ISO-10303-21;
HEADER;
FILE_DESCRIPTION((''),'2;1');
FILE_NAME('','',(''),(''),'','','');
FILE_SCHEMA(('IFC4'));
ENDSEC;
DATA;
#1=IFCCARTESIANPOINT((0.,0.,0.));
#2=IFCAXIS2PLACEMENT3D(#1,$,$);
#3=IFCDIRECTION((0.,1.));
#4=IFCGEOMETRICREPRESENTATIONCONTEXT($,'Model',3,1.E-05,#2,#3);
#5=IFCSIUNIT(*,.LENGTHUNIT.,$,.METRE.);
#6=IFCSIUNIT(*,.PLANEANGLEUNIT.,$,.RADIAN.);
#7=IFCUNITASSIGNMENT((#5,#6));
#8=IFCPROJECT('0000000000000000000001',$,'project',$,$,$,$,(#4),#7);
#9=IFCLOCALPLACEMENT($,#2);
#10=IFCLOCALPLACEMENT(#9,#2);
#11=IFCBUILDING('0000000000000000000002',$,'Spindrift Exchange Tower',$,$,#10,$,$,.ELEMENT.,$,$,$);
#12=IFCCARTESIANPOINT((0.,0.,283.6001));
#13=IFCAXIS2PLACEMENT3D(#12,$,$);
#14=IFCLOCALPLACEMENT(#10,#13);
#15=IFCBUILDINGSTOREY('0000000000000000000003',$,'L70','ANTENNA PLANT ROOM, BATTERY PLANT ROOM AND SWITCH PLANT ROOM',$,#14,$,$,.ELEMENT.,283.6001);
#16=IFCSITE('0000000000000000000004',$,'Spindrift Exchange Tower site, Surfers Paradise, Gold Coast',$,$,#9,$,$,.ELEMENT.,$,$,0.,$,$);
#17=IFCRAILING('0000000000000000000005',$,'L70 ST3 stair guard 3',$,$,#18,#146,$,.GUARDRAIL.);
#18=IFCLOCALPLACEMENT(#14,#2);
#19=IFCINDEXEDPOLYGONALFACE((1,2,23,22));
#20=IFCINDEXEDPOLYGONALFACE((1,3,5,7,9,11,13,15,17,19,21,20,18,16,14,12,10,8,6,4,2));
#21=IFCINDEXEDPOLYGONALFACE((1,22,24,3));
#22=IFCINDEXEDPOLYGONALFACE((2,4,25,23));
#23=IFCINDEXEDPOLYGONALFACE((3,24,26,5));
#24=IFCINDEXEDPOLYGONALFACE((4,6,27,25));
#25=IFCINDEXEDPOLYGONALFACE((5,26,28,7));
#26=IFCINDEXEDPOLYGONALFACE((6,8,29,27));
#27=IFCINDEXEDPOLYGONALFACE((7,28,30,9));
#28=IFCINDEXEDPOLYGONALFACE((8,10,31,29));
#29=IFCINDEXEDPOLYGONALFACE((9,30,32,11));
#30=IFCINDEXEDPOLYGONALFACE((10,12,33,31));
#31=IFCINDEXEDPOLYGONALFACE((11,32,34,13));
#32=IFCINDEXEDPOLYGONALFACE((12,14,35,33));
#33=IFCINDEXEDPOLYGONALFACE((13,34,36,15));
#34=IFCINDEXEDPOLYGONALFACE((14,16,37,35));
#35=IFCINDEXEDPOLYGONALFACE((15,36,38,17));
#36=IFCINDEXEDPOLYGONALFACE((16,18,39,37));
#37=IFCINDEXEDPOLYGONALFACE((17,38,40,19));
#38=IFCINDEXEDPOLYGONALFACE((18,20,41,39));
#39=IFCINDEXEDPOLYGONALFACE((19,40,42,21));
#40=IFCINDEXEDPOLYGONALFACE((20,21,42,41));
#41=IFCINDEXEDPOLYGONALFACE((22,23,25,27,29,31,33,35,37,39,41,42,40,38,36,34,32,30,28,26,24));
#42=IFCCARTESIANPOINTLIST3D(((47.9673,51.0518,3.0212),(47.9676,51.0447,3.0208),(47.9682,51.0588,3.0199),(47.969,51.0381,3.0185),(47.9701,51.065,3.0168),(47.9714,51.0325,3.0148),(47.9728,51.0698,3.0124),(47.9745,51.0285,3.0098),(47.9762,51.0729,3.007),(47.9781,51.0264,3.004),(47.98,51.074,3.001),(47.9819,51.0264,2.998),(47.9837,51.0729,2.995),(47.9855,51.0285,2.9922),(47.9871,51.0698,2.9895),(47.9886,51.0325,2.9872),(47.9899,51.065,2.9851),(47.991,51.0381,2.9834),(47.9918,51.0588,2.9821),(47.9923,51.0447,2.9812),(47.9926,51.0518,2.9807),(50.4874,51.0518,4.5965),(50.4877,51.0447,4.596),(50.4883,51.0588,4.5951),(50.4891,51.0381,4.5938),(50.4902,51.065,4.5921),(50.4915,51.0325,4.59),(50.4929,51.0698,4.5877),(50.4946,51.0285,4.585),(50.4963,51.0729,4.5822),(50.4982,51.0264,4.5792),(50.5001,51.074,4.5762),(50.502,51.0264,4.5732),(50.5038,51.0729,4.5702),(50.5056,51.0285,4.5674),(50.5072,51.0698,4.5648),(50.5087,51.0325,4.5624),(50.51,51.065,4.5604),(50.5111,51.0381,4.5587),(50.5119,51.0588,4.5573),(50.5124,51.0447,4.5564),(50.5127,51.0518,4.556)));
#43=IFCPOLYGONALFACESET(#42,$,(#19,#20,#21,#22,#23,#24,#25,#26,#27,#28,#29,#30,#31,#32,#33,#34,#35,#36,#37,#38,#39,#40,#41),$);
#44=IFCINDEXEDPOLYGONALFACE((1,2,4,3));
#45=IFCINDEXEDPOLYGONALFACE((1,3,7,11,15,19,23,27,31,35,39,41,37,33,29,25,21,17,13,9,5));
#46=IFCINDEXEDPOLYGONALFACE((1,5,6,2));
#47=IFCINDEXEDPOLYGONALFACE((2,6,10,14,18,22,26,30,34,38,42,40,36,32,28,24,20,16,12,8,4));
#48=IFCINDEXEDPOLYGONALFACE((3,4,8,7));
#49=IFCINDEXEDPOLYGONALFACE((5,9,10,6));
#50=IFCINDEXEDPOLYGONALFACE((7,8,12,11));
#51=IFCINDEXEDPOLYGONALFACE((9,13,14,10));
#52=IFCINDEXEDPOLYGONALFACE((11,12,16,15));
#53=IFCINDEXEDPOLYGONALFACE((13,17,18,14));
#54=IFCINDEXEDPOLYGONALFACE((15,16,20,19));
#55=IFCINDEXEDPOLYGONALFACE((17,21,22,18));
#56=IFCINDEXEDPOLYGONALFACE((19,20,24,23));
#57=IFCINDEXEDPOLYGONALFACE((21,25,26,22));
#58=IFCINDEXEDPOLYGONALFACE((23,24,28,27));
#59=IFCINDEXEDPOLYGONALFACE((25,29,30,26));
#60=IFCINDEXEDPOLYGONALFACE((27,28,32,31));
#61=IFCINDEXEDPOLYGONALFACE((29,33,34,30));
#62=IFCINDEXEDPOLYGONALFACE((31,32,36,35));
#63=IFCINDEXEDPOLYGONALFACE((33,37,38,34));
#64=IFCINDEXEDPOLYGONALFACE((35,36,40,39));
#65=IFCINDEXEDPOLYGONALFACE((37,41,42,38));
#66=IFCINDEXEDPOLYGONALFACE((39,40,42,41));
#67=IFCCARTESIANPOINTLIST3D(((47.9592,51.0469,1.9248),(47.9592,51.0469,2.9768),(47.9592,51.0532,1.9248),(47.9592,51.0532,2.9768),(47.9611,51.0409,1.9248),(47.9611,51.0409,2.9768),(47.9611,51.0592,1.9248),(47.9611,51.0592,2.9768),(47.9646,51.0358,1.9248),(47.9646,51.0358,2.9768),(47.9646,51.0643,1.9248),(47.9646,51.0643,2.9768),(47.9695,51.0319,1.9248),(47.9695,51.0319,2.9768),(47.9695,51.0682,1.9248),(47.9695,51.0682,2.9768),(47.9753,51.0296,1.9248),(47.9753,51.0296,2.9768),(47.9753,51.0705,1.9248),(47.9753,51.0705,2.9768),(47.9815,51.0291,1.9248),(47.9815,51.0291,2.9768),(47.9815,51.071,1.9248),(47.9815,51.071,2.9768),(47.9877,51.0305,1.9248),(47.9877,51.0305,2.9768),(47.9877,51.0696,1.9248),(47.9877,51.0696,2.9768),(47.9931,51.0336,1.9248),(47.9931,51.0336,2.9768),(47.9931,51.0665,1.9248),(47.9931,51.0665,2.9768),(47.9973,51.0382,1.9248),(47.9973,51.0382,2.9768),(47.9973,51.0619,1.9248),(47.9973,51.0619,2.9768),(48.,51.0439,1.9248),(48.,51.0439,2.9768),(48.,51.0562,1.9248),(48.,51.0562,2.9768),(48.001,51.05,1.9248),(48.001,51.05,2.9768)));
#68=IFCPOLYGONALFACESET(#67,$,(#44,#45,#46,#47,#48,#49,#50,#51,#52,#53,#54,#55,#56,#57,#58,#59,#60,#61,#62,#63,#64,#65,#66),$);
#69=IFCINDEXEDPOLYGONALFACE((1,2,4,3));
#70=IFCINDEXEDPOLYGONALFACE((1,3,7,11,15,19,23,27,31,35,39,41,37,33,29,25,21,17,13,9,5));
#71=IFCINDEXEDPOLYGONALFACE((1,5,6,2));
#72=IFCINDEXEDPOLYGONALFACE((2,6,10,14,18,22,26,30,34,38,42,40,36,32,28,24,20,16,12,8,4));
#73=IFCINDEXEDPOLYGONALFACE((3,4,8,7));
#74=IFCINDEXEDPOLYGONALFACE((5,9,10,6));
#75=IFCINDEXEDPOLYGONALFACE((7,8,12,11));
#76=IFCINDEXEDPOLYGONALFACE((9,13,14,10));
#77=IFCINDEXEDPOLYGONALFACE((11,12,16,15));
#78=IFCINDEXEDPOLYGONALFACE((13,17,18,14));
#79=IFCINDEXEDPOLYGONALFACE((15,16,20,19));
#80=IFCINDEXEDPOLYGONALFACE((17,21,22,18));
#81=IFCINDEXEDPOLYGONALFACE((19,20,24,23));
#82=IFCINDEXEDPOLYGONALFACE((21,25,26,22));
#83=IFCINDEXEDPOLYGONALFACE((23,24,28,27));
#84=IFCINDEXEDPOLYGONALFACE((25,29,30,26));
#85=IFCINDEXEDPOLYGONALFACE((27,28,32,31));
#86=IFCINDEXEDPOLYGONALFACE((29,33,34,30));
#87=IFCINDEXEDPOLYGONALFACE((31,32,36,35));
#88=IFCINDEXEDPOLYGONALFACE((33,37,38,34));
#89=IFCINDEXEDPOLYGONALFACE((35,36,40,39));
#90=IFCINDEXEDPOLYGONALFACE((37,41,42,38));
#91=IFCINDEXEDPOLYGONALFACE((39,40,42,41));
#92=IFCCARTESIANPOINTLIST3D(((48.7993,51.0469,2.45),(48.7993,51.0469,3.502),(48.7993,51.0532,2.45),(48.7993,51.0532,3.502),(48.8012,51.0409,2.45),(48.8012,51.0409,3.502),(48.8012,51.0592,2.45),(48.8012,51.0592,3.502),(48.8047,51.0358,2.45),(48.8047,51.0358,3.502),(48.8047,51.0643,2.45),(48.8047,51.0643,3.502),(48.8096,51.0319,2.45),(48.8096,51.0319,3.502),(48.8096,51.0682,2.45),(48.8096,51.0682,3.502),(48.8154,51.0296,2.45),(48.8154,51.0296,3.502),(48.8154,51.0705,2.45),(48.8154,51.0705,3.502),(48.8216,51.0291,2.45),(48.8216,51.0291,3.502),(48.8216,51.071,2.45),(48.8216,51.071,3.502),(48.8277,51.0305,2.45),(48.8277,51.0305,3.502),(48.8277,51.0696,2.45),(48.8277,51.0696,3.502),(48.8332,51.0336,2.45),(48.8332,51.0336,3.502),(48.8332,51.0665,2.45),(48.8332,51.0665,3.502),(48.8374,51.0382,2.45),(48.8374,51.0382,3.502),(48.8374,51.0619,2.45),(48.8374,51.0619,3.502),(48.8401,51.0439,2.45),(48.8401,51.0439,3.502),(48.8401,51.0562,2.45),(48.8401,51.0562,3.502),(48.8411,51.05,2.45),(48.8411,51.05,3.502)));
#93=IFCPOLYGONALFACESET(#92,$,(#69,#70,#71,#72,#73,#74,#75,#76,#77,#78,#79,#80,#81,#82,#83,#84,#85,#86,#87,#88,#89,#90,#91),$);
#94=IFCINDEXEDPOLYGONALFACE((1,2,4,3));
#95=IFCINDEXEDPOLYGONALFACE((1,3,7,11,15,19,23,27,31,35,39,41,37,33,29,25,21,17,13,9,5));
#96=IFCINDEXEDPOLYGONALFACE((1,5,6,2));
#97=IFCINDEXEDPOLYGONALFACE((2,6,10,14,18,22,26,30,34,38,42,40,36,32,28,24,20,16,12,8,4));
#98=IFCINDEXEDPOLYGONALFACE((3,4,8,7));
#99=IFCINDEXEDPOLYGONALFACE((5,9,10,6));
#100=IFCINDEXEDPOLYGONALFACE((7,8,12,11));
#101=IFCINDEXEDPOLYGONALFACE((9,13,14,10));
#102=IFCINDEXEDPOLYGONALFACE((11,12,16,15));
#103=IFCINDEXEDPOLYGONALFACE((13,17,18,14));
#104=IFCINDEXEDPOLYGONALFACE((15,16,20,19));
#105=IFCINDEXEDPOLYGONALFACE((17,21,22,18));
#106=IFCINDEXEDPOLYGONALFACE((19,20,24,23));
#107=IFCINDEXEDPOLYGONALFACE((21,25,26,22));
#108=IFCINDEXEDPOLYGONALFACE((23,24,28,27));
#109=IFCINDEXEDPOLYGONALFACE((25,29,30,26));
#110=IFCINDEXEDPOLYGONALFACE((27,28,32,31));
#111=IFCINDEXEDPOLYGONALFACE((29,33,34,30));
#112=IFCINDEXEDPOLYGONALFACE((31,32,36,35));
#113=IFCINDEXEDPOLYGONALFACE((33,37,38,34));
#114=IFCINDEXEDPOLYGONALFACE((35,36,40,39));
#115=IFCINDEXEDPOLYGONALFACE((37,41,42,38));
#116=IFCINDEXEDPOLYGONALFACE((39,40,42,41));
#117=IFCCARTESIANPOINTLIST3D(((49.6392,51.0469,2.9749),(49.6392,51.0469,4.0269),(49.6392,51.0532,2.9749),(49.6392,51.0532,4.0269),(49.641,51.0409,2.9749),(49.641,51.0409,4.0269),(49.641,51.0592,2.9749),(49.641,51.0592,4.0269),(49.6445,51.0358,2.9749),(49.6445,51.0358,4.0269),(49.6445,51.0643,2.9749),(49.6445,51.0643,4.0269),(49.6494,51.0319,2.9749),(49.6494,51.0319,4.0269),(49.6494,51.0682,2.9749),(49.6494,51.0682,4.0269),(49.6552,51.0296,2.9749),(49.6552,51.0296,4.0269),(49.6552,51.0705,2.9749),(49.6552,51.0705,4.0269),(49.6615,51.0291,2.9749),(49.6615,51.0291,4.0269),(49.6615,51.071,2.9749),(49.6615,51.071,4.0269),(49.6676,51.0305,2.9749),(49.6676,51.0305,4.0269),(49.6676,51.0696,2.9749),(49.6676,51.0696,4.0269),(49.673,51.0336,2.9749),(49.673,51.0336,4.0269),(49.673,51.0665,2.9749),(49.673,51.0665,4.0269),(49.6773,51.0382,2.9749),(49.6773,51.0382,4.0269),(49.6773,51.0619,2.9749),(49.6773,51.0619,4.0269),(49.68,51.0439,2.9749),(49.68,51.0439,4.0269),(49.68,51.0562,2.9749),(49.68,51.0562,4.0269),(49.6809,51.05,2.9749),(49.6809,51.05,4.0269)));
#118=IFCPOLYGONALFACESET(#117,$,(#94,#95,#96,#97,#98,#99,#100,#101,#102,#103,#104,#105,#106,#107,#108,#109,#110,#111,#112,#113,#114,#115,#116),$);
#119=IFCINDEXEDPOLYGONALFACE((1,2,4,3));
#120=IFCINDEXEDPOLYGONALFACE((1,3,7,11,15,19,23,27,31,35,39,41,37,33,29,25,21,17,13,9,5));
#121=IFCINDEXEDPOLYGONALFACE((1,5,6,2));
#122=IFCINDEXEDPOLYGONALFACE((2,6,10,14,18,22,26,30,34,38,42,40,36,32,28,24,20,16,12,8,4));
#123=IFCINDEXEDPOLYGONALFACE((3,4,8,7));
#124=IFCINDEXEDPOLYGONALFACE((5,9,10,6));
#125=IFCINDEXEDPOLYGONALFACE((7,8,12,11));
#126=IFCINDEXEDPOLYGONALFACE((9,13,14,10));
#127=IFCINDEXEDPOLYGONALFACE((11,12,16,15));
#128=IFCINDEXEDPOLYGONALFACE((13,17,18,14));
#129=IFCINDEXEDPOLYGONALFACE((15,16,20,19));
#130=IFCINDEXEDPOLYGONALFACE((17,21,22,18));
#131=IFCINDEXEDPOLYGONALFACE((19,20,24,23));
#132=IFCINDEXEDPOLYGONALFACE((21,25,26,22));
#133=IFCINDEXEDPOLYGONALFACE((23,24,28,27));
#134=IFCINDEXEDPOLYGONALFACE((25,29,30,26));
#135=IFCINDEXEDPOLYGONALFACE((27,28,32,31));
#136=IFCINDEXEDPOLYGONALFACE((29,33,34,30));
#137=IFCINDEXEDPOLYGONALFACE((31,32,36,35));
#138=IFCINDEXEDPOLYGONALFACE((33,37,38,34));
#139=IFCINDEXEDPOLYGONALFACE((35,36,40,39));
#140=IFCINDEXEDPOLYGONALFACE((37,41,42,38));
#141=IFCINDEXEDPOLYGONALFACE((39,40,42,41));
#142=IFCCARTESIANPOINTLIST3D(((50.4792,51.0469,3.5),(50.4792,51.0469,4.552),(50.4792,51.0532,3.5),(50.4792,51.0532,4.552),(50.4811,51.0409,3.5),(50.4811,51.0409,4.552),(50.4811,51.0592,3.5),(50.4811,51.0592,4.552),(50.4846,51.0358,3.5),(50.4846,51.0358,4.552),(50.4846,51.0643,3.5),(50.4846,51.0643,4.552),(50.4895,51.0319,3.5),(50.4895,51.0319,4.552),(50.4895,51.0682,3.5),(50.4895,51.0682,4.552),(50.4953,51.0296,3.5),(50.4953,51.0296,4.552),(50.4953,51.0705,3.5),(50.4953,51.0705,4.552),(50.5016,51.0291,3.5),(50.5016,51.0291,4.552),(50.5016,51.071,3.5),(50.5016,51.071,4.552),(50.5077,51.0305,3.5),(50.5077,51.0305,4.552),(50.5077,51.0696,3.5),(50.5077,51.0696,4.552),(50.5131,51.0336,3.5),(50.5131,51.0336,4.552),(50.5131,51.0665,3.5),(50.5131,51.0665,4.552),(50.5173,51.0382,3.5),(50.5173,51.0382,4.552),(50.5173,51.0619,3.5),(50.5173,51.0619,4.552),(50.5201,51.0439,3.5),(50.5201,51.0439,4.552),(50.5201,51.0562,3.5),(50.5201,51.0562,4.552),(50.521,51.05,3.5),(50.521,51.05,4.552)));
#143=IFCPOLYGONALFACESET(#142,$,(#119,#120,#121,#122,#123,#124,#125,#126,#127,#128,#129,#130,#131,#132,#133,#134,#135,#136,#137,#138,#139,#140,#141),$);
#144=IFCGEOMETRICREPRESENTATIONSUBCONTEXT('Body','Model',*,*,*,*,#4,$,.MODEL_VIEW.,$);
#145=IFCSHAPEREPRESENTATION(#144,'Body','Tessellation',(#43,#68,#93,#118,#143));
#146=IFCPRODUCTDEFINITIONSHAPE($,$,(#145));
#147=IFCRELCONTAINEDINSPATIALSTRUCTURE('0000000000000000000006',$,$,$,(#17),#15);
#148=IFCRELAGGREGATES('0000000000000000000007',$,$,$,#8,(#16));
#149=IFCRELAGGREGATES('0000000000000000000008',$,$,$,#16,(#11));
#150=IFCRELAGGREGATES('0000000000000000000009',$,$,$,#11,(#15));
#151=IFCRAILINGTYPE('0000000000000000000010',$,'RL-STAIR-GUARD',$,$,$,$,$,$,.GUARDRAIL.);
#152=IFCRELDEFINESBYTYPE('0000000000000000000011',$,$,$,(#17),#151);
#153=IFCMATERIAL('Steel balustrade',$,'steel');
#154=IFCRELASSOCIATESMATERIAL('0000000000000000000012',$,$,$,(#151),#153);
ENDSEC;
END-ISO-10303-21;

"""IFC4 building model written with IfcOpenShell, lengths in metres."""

from ifc_helpers import new_model, si_unit, direction, frame, origin, origin_2d, place, context, subcontext, project, spatial, circle, extrude, material, type_object, element, save


model = new_model("IFC4")

# Units and contexts
model_context = context("Model", 3, precision=1e-05, world=origin(), true_north=direction((0.0, 1.0)))
body_context = subcontext(model_context, "Body", "Model", "MODEL_VIEW")
ifc_project = project(units=[si_unit("LENGTHUNIT", "METRE"), si_unit("PLANEANGLEUNIT", "RADIAN")], contexts=[model_context])

# Site, building, storey
site_placement = place(None, origin())
site = spatial("IfcSite", under=ifc_project, at=site_placement, Name="Spindrift Exchange Tower site, Surfers Paradise, Gold Coast", CompositionType="ELEMENT", RefElevation=0.0)
building_placement = place(site_placement, origin())
building = spatial("IfcBuilding", under=site, at=building_placement, Name="Spindrift Exchange Tower", CompositionType="ELEMENT")
storey_placement = place(building_placement, frame((0.0, 0.0, 283.6001)))
storey = spatial("IfcBuildingStorey", under=building, at=storey_placement, Name="L70", Description="ANTENNA PLANT ROOM, BATTERY PLANT ROOM AND SWITCH PLANT ROOM", CompositionType="ELEMENT", Elevation=283.6001)

# Railing
ifc_material_1 = material(Name="Steel balustrade", Category="steel")
railing_type_1 = type_object("IfcRailingType", Name="RL-STAIR-GUARD", PredefinedType="GUARDRAIL", material=ifc_material_1)
railing_1_placement = place(storey_placement, frame((47.98, 51.05, 1.9248)))
element("IfcRailing", 1, at=railing_1_placement, inside=storey, type_object=railing_type_1, Name="L70 ST3 stair guard 3", PredefinedType="GUARDRAIL", context=body_context, shape_type="SweptSolid", body=[
    extrude(circle(Radius=0.0239, at=origin_2d()), frame((0.0, 0.0, 1.0762), z_axis=(0.847971, 0.0, 0.530043), x_axis=(0.0, 1.0, 0.0)), (0.0, 0.0, 1.0), 2.9719),
    extrude(circle(Radius=0.021, at=origin_2d()), origin(), (0.0, 0.0, 1.0), 1.052),
    extrude(circle(Radius=0.021, at=origin_2d()), frame((0.8401, 0.0, 0.5251)), (0.0, 0.0, 1.0), 1.052),
    extrude(circle(Radius=0.021, at=origin_2d()), frame((1.6799, 0.0, 1.05)), (0.0, 0.0, 1.0), 1.052),
    extrude(circle(Radius=0.021, at=origin_2d()), frame((2.52, 0.0, 1.5752)), (0.0, 0.0, 1.0), 1.052),
])

save(model, "model.ifc")
